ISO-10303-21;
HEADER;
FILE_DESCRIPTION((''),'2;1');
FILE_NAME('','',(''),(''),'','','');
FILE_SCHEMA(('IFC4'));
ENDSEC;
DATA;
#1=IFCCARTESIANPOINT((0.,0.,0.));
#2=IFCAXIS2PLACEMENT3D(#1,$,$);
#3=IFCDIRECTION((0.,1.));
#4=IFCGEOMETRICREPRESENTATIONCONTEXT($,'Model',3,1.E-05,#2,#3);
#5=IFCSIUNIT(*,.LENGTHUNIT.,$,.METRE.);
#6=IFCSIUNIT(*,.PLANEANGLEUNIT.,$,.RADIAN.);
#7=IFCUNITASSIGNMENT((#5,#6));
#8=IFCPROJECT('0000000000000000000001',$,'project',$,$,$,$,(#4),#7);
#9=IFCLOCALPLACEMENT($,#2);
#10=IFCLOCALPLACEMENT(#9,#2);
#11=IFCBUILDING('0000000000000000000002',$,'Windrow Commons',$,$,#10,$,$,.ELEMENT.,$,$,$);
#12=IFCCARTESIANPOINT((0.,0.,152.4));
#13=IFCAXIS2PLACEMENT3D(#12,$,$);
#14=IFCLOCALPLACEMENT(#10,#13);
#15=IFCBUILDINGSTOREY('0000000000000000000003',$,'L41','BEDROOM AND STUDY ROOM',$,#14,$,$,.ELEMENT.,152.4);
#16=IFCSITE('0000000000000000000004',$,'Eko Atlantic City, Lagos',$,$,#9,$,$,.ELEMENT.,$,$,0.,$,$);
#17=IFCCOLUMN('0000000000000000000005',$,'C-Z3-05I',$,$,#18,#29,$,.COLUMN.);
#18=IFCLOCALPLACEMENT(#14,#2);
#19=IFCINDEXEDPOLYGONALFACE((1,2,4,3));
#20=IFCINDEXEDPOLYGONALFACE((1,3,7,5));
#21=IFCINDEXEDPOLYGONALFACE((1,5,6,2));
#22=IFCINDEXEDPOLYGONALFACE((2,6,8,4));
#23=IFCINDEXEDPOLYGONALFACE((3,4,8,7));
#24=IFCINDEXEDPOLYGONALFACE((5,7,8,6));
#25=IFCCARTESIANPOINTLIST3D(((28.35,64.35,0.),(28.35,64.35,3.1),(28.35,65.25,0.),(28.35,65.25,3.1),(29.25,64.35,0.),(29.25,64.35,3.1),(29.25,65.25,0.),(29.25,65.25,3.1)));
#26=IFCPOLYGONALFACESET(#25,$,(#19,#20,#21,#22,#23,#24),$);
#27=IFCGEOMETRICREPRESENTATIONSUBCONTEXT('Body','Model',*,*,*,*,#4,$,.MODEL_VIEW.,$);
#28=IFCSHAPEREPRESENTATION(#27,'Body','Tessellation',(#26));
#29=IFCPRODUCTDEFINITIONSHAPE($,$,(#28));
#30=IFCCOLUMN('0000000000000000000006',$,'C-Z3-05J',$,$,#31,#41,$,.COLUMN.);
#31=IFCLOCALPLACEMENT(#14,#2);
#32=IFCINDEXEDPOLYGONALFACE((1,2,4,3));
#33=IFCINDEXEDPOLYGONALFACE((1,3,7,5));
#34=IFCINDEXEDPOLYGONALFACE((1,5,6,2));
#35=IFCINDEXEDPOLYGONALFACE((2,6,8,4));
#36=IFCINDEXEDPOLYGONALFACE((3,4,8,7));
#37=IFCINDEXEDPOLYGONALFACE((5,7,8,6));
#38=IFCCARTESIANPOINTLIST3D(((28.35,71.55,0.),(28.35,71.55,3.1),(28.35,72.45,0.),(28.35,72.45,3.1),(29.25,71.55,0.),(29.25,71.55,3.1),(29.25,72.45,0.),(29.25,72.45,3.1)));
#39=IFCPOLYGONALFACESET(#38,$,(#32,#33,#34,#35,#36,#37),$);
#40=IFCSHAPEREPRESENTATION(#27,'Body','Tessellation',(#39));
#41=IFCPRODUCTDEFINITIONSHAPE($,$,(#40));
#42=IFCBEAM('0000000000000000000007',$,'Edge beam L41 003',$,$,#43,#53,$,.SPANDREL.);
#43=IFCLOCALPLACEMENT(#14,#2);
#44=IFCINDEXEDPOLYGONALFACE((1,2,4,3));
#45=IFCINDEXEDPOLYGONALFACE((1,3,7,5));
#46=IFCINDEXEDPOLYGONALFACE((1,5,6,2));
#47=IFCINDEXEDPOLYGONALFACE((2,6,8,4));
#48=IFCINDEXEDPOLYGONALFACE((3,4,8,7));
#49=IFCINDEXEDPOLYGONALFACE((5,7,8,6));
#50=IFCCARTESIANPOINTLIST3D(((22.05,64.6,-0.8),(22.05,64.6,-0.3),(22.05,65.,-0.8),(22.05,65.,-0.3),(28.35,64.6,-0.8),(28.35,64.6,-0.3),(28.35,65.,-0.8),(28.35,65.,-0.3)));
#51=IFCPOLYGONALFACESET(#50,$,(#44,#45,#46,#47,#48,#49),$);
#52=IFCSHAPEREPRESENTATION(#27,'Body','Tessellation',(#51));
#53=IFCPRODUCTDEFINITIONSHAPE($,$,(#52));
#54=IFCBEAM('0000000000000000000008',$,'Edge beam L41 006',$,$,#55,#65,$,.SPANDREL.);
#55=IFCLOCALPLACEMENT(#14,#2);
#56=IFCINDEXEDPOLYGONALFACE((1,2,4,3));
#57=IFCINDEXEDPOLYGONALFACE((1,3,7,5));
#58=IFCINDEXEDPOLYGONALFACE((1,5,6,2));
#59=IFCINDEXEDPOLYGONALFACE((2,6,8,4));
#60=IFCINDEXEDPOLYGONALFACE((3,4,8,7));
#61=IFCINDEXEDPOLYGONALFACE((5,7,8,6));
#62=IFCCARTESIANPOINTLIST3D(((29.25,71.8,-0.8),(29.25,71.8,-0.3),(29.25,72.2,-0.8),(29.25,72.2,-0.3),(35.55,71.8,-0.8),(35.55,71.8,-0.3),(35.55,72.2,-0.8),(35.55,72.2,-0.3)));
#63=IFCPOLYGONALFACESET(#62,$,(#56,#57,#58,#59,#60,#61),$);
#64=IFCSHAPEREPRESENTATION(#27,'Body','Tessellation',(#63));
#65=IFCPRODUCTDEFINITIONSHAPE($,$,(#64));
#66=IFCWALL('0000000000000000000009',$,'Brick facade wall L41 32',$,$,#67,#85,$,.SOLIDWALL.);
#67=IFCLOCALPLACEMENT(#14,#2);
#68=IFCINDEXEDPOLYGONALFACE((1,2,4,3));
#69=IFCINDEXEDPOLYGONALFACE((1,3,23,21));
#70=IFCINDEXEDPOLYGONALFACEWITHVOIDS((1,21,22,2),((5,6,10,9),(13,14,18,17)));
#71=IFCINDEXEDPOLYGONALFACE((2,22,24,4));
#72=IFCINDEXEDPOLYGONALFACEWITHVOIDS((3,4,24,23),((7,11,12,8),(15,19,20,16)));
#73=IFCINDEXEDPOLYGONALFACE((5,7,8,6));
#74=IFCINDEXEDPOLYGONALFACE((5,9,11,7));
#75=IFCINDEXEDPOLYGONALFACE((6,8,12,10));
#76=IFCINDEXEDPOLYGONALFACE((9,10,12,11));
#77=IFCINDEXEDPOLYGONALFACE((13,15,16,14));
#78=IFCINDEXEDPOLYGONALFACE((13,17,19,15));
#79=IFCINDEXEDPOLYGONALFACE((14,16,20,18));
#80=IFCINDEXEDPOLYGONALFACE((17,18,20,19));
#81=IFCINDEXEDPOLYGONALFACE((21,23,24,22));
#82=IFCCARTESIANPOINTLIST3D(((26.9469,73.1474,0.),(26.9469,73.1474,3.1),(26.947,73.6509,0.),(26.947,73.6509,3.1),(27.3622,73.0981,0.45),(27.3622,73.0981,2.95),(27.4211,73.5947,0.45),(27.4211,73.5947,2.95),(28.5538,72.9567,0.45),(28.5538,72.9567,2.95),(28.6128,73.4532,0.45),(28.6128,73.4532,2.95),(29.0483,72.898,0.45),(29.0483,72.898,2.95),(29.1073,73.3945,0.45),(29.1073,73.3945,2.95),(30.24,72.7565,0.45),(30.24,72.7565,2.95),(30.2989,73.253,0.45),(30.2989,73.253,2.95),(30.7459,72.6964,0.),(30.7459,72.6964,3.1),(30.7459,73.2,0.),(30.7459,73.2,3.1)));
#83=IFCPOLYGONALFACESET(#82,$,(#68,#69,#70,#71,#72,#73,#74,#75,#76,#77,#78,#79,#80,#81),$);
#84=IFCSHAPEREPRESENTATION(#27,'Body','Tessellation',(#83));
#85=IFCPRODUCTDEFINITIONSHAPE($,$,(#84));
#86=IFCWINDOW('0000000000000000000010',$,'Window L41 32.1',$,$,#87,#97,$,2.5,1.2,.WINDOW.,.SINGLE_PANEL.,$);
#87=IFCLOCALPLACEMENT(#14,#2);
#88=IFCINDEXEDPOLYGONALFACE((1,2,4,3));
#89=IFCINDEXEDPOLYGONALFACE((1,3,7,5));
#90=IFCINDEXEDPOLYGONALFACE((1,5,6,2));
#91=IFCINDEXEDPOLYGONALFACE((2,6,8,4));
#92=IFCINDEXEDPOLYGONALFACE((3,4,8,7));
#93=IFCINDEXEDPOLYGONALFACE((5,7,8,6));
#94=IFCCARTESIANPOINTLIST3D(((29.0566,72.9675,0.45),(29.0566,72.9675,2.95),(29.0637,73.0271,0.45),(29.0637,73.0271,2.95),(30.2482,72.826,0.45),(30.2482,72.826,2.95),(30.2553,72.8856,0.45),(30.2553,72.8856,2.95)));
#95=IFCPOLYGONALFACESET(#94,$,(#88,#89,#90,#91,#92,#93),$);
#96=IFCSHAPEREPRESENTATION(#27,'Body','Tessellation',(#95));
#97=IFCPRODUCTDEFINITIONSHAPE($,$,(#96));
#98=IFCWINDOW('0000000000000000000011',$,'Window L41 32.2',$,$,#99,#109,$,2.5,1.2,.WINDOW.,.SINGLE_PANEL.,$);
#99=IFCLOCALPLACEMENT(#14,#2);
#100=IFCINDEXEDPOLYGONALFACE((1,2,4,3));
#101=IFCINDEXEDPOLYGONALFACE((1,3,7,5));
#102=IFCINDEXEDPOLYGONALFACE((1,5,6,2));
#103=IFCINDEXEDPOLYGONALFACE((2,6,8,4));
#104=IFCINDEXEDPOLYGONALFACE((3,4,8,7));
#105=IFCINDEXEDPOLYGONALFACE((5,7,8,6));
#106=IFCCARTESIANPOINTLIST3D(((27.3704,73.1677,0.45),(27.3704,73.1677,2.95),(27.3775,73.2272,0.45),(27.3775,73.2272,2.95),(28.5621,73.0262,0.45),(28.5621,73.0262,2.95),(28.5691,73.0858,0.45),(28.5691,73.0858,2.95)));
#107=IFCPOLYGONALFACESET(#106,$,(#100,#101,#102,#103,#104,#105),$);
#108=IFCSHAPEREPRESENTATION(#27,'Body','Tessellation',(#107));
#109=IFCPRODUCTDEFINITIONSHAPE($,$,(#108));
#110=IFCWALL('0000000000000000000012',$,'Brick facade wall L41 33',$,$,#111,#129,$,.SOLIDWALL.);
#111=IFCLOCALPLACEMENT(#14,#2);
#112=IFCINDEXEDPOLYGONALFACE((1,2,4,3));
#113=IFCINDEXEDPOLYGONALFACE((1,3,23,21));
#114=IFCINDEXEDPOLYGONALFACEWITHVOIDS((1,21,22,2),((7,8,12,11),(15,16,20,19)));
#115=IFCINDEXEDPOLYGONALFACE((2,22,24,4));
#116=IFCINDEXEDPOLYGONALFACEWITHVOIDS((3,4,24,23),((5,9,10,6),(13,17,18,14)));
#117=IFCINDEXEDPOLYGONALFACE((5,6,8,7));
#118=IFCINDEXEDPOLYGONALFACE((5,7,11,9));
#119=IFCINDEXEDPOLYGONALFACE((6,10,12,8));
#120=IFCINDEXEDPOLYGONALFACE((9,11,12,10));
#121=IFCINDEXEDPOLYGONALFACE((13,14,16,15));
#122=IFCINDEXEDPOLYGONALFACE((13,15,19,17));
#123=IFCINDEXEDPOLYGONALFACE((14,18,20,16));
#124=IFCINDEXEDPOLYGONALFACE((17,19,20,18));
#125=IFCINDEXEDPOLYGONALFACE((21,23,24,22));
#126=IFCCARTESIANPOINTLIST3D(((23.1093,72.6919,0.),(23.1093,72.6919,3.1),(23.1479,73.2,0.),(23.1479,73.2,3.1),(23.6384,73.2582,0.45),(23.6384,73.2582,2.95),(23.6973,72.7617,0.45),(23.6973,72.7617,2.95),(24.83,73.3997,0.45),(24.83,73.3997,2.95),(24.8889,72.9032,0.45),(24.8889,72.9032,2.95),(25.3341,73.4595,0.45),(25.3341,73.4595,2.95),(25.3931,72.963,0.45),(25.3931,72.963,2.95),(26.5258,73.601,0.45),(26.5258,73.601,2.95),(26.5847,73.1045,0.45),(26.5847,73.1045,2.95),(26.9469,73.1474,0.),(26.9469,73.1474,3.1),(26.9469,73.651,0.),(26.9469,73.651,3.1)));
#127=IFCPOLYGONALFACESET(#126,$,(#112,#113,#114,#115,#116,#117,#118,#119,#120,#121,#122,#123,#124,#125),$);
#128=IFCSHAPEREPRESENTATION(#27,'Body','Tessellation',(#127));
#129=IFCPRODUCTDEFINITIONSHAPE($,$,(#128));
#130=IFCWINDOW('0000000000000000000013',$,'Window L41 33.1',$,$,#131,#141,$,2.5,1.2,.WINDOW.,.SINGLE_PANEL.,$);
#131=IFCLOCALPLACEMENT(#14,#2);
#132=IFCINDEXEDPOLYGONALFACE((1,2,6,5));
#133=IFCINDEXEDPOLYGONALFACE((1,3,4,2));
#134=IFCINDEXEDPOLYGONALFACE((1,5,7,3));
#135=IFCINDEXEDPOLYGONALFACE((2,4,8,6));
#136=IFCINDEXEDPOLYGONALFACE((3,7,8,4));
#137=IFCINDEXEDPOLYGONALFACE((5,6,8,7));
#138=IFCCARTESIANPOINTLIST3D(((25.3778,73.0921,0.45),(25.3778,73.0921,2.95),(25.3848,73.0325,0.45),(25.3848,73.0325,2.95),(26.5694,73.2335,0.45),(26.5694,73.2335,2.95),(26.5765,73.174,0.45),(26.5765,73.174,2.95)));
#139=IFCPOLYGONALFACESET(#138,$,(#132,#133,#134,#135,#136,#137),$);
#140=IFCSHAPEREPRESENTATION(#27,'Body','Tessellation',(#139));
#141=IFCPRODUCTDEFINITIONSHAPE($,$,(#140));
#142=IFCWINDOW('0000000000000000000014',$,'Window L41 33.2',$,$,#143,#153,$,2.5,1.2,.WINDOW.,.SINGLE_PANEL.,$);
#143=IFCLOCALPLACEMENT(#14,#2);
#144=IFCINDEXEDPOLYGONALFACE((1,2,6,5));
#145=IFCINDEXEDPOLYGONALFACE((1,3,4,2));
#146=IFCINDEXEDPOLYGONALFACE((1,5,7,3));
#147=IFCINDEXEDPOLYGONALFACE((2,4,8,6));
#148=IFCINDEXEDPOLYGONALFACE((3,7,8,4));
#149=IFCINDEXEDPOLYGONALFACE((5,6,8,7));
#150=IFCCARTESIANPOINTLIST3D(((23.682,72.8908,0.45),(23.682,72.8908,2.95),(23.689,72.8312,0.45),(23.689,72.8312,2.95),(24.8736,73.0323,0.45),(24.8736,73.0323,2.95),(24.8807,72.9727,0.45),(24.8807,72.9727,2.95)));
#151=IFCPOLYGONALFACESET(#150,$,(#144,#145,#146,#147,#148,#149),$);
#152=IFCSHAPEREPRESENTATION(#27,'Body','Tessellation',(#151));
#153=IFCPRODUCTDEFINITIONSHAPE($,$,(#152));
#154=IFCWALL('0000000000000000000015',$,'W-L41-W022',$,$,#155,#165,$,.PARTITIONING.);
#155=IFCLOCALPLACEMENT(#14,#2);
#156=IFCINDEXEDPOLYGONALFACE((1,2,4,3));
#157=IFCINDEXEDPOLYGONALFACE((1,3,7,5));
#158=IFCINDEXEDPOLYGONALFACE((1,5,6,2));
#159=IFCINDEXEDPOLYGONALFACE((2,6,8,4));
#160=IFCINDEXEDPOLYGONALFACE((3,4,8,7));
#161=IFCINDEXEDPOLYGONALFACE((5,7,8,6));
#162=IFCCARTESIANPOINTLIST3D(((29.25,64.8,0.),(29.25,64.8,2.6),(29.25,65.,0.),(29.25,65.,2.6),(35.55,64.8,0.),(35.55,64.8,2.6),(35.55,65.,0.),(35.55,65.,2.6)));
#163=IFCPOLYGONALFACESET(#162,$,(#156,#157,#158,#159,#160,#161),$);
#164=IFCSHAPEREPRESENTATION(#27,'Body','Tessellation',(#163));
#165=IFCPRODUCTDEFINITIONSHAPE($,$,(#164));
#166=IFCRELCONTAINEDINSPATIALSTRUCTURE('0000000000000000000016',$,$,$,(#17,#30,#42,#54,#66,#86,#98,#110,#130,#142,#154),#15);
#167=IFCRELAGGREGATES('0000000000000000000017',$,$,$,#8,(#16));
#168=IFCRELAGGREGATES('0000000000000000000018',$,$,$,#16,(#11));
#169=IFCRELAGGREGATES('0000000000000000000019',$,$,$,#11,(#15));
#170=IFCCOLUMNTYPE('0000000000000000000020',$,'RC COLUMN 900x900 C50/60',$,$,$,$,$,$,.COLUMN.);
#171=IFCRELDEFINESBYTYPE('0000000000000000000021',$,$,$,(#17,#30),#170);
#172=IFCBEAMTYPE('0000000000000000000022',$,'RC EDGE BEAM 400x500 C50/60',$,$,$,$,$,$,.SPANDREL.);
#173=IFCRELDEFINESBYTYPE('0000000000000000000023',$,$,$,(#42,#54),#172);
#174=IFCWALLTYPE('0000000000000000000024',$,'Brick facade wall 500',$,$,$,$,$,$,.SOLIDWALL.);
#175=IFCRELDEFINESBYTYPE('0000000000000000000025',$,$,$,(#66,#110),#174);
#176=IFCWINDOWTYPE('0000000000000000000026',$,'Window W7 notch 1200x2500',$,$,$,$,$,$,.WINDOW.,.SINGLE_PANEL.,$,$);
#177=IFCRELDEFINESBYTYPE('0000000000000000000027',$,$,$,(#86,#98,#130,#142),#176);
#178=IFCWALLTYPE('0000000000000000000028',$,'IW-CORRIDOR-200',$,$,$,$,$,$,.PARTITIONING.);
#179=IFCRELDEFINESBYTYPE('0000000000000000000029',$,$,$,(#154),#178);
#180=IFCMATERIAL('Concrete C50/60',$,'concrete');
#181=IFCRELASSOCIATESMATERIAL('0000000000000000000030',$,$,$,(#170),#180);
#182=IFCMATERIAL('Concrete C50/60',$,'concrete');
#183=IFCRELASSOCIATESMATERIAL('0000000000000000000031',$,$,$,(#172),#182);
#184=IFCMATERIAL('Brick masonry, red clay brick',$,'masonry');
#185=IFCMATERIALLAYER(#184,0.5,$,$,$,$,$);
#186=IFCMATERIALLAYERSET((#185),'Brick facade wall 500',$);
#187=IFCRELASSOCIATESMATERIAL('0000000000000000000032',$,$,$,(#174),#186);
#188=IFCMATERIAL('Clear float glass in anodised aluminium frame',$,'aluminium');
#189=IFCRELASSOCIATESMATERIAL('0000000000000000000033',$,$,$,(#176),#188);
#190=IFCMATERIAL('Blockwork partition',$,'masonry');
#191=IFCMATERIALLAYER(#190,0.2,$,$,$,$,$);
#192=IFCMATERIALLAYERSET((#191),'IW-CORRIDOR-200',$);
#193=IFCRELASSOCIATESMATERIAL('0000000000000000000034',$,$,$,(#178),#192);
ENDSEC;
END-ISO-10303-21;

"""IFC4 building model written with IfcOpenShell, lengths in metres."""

from ifc_helpers import new_model, si_unit, direction, frame, frame_2d, origin, origin_2d, place, context, subcontext, project, spatial, polyline, rectangle, outline, extrude, material, layer, layer_set, material_profile, profile_set, type_object, element, fill, save


model = new_model("IFC4")

# Units and contexts
model_context = context("Model", 3, precision=1e-05, world=origin(), true_north=direction((0.0, 1.0)))
body_context = subcontext(model_context, "Body", "Model", "MODEL_VIEW")
ifc_project = project(units=[si_unit("LENGTHUNIT", "METRE"), si_unit("PLANEANGLEUNIT", "RADIAN")], contexts=[model_context])

# Site, building, storey
site_placement = place(None, origin())
site = spatial("IfcSite", under=ifc_project, at=site_placement, Name="Eko Atlantic City, Lagos", CompositionType="ELEMENT", RefElevation=0.0)
building_placement = place(site_placement, origin())
building = spatial("IfcBuilding", under=site, at=building_placement, Name="Windrow Commons", CompositionType="ELEMENT")
storey_placement = place(building_placement, frame((0.0, 0.0, 152.4)))
storey = spatial("IfcBuildingStorey", under=building, at=storey_placement, Name="L41", Description="BEDROOM AND STUDY ROOM", CompositionType="ELEMENT", Elevation=152.4)

# Columns
ifc_material_1 = material(Name="Concrete C50/60", Category="concrete")
ifc_material_profile_1 = material_profile(ifc_material_1, rectangle(XDim=0.9, YDim=0.9, at=origin_2d()))
ifc_profile_set_1 = profile_set([ifc_material_profile_1], Name="Concrete C50/60")
column_type = type_object("IfcColumnType", Name="RC COLUMN 900x900 C50/60", PredefinedType="COLUMN", material=ifc_profile_set_1)
for number, where, z_axis, x_axis, name in (
    (1, (28.8, 64.8, 0.0), (0.0, 0.0, 1.0), (1.0, 0.0, 0.0), "C-Z3-05I"),
    (2, (28.8, 72.0, 0.0), (0.0, 0.0, 1.0), (1.0, 0.0, 0.0), "C-Z3-05J"),
):
    element("IfcColumn", number, at=place(storey_placement, frame(where, z_axis=z_axis, x_axis=x_axis)), inside=storey, type_object=column_type, Name=name, PredefinedType="COLUMN", context=body_context, shape_type="SweptSolid", body=[
        extrude(rectangle(XDim=0.9, YDim=0.9, at=origin_2d()), origin(), (0.0, 0.0, 1.0), 3.1),
    ])

# Beams
ifc_material_2 = material(Name="Concrete C50/60", Category="concrete")
ifc_material_profile_2 = material_profile(ifc_material_2, rectangle(XDim=0.4, YDim=0.5, at=origin_2d()))
ifc_profile_set_2 = profile_set([ifc_material_profile_2], Name="Concrete C50/60")
beam_type = type_object("IfcBeamType", Name="RC EDGE BEAM 400x500 C50/60", PredefinedType="SPANDREL", material=ifc_profile_set_2)
for number, where, z_axis, x_axis, name in (
    (3, (28.35, 64.8, -0.55), (-1.0, 0.0, 0.0), (0.0, -1.0, 0.0), "Edge beam L41 003"),
    (4, (29.25, 72.0, -0.55), (1.0, 0.0, 0.0), (0.0, 1.0, 0.0), "Edge beam L41 006"),
):
    element("IfcBeam", number, at=place(storey_placement, frame(where, z_axis=z_axis, x_axis=x_axis)), inside=storey, type_object=beam_type, Name=name, PredefinedType="SPANDREL", context=body_context, shape_type="SweptSolid", body=[
        extrude(rectangle(XDim=0.4, YDim=0.5, at=origin_2d()), origin(), (0.0, 0.0, 1.0), 6.3),
    ])

# Walls, openings, windows
ifc_material_3 = material(Name="Brick masonry, red clay brick", Category="masonry")
ifc_layer_1 = layer(ifc_material_3, 0.5)
ifc_layer_set_1 = layer_set([ifc_layer_1], Name="Brick facade wall 500")
wall_type_1 = type_object("IfcWallType", Name="Brick facade wall 500", PredefinedType="SOLIDWALL", material=ifc_layer_set_1)
wall_1_placement = place(storey_placement, frame((30.7459, 72.9482, 0.0), z_axis=(0.0, 0.0, 1.0), x_axis=(-0.993027, 0.117888, 0.0)))
wall_1 = element("IfcWall", 5, at=wall_1_placement, inside=storey, type_object=wall_type_1, Name="Brick facade wall L41 32", PredefinedType="SOLIDWALL", context=body_context, shape_type="SweptSolid", body=[
    extrude(outline(polyline([(0.0297, -0.25), (3.8553, -0.25), (3.796, 0.25), (-0.0297, 0.25), (0.0297, -0.25)])), origin(), (0.0, 0.0, 1.0), 3.1),
])
opening_1_placement = place(wall_1_placement, frame((0.4798, 0.0, 0.45)))
opening_1 = element("IfcOpeningElement", 6, at=opening_1_placement, cuts=wall_1, PredefinedType="OPENING", context=body_context, shape_type="SweptSolid", body=[
    extrude(rectangle(XDim=1.2, YDim=2.5, at=frame_2d((0.6, 1.25))), frame((0.0, 0.26, 0.0), z_axis=(0.0, -1.0, 0.0), x_axis=(1.0, 0.0, 0.0)), (0.0, 0.0, 1.0), 0.52),
])
opening_2_placement = place(wall_1_placement, frame((2.1778, 0.0, 0.45)))
opening_2 = element("IfcOpeningElement", 7, at=opening_2_placement, cuts=wall_1, PredefinedType="OPENING", context=body_context, shape_type="SweptSolid", body=[
    extrude(rectangle(XDim=1.2, YDim=2.5, at=frame_2d((0.6, 1.25))), frame((0.0, 0.26, 0.0), z_axis=(0.0, -1.0, 0.0), x_axis=(1.0, 0.0, 0.0)), (0.0, 0.0, 1.0), 0.52),
])
ifc_material_4 = material(Name="Clear float glass in anodised aluminium frame", Category="aluminium")
window_type = type_object("IfcWindowType", Name="Window W7 notch 1200x2500", PartitioningType="SINGLE_PANEL", PredefinedType="WINDOW", material=ifc_material_4)
window_1_placement = place(opening_1_placement, origin())
window_1 = element("IfcWindow", 8, at=window_1_placement, inside=storey, type_object=window_type, Name="Window L41 32.1", OverallHeight=2.5, OverallWidth=1.2, PartitioningType="SINGLE_PANEL", PredefinedType="WINDOW", context=body_context, shape_type="SweptSolid", body=[
    extrude(rectangle(XDim=1.2, YDim=2.5, at=frame_2d((0.6, 1.25))), frame((0.0, 0.18, 0.0), z_axis=(0.0, -1.0, 0.0), x_axis=(1.0, 0.0, 0.0)), (0.0, 0.0, 1.0), 0.06),
])
fill(opening_1, window_1)
window_2_placement = place(opening_2_placement, origin())
window_2 = element("IfcWindow", 9, at=window_2_placement, inside=storey, type_object=window_type, Name="Window L41 32.2", OverallHeight=2.5, OverallWidth=1.2, PartitioningType="SINGLE_PANEL", PredefinedType="WINDOW", context=body_context, shape_type="SweptSolid", body=[
    extrude(rectangle(XDim=1.2, YDim=2.5, at=frame_2d((0.6, 1.25))), frame((0.0, 0.18, 0.0), z_axis=(0.0, -1.0, 0.0), x_axis=(1.0, 0.0, 0.0)), (0.0, 0.0, 1.0), 0.06),
])
fill(opening_2, window_2)
wall_2_placement = place(storey_placement, frame((26.9469, 73.3992, 0.0), z_axis=(0.0, 0.0, 1.0), x_axis=(-0.993029, -0.117867, 0.0)))
wall_2 = element("IfcWall", 10, at=wall_2_placement, inside=storey, type_object=wall_type_1, Name="Brick facade wall L41 33", PredefinedType="SOLIDWALL", context=body_context, shape_type="SweptSolid", body=[
    extrude(outline(polyline([(-0.0297, -0.25), (3.796, -0.25), (3.8942, 0.25), (0.0297, 0.25), (-0.0297, -0.25)])), origin(), (0.0, 0.0, 1.0), 3.1),
])
opening_3_placement = place(wall_2_placement, frame((0.3944, 0.0, 0.45)))
opening_3 = element("IfcOpeningElement", 11, at=opening_3_placement, cuts=wall_2, PredefinedType="OPENING", context=body_context, shape_type="SweptSolid", body=[
    extrude(rectangle(XDim=1.2, YDim=2.5, at=frame_2d((0.6, 1.25))), frame((0.0, 0.26, 0.0), z_axis=(0.0, -1.0, 0.0), x_axis=(1.0, 0.0, 0.0)), (0.0, 0.0, 1.0), 0.52),
])
opening_4_placement = place(wall_2_placement, frame((2.1021, 0.0, 0.45)))
opening_4 = element("IfcOpeningElement", 12, at=opening_4_placement, cuts=wall_2, PredefinedType="OPENING", context=body_context, shape_type="SweptSolid", body=[
    extrude(rectangle(XDim=1.2, YDim=2.5, at=frame_2d((0.6, 1.25))), frame((0.0, 0.26, 0.0), z_axis=(0.0, -1.0, 0.0), x_axis=(1.0, 0.0, 0.0)), (0.0, 0.0, 1.0), 0.52),
])
window_3_placement = place(opening_3_placement, origin())
window_3 = element("IfcWindow", 13, at=window_3_placement, inside=storey, type_object=window_type, Name="Window L41 33.1", OverallHeight=2.5, OverallWidth=1.2, PartitioningType="SINGLE_PANEL", PredefinedType="WINDOW", context=body_context, shape_type="SweptSolid", body=[
    extrude(rectangle(XDim=1.2, YDim=2.5, at=frame_2d((0.6, 1.25))), frame((0.0, 0.18, 0.0), z_axis=(0.0, -1.0, 0.0), x_axis=(1.0, 0.0, 0.0)), (0.0, 0.0, 1.0), 0.06),
])
fill(opening_3, window_3)
window_4_placement = place(opening_4_placement, origin())
window_4 = element("IfcWindow", 14, at=window_4_placement, inside=storey, type_object=window_type, Name="Window L41 33.2", OverallHeight=2.5, OverallWidth=1.2, PartitioningType="SINGLE_PANEL", PredefinedType="WINDOW", context=body_context, shape_type="SweptSolid", body=[
    extrude(rectangle(XDim=1.2, YDim=2.5, at=frame_2d((0.6, 1.25))), frame((0.0, 0.18, 0.0), z_axis=(0.0, -1.0, 0.0), x_axis=(1.0, 0.0, 0.0)), (0.0, 0.0, 1.0), 0.06),
])
fill(opening_4, window_4)

# Wall
ifc_material_5 = material(Name="Blockwork partition", Category="masonry")
ifc_layer_2 = layer(ifc_material_5, 0.2)
ifc_layer_set_2 = layer_set([ifc_layer_2], Name="IW-CORRIDOR-200")
wall_type_2 = type_object("IfcWallType", Name="IW-CORRIDOR-200", PredefinedType="PARTITIONING", material=ifc_layer_set_2)
wall_3_placement = place(storey_placement, frame((29.25, 64.9, 0.0), z_axis=(0.0, 0.0, 1.0), x_axis=(1.0, 0.0, 0.0)))
element("IfcWall", 15, at=wall_3_placement, inside=storey, type_object=wall_type_2, Name="W-L41-W022", PredefinedType="PARTITIONING", context=body_context, shape_type="SweptSolid", body=[
    extrude(rectangle(XDim=6.3, YDim=0.2, at=frame_2d((3.15, 0.0))), origin(), (0.0, 0.0, 1.0), 2.6),
])

save(model, "model.ifc")
